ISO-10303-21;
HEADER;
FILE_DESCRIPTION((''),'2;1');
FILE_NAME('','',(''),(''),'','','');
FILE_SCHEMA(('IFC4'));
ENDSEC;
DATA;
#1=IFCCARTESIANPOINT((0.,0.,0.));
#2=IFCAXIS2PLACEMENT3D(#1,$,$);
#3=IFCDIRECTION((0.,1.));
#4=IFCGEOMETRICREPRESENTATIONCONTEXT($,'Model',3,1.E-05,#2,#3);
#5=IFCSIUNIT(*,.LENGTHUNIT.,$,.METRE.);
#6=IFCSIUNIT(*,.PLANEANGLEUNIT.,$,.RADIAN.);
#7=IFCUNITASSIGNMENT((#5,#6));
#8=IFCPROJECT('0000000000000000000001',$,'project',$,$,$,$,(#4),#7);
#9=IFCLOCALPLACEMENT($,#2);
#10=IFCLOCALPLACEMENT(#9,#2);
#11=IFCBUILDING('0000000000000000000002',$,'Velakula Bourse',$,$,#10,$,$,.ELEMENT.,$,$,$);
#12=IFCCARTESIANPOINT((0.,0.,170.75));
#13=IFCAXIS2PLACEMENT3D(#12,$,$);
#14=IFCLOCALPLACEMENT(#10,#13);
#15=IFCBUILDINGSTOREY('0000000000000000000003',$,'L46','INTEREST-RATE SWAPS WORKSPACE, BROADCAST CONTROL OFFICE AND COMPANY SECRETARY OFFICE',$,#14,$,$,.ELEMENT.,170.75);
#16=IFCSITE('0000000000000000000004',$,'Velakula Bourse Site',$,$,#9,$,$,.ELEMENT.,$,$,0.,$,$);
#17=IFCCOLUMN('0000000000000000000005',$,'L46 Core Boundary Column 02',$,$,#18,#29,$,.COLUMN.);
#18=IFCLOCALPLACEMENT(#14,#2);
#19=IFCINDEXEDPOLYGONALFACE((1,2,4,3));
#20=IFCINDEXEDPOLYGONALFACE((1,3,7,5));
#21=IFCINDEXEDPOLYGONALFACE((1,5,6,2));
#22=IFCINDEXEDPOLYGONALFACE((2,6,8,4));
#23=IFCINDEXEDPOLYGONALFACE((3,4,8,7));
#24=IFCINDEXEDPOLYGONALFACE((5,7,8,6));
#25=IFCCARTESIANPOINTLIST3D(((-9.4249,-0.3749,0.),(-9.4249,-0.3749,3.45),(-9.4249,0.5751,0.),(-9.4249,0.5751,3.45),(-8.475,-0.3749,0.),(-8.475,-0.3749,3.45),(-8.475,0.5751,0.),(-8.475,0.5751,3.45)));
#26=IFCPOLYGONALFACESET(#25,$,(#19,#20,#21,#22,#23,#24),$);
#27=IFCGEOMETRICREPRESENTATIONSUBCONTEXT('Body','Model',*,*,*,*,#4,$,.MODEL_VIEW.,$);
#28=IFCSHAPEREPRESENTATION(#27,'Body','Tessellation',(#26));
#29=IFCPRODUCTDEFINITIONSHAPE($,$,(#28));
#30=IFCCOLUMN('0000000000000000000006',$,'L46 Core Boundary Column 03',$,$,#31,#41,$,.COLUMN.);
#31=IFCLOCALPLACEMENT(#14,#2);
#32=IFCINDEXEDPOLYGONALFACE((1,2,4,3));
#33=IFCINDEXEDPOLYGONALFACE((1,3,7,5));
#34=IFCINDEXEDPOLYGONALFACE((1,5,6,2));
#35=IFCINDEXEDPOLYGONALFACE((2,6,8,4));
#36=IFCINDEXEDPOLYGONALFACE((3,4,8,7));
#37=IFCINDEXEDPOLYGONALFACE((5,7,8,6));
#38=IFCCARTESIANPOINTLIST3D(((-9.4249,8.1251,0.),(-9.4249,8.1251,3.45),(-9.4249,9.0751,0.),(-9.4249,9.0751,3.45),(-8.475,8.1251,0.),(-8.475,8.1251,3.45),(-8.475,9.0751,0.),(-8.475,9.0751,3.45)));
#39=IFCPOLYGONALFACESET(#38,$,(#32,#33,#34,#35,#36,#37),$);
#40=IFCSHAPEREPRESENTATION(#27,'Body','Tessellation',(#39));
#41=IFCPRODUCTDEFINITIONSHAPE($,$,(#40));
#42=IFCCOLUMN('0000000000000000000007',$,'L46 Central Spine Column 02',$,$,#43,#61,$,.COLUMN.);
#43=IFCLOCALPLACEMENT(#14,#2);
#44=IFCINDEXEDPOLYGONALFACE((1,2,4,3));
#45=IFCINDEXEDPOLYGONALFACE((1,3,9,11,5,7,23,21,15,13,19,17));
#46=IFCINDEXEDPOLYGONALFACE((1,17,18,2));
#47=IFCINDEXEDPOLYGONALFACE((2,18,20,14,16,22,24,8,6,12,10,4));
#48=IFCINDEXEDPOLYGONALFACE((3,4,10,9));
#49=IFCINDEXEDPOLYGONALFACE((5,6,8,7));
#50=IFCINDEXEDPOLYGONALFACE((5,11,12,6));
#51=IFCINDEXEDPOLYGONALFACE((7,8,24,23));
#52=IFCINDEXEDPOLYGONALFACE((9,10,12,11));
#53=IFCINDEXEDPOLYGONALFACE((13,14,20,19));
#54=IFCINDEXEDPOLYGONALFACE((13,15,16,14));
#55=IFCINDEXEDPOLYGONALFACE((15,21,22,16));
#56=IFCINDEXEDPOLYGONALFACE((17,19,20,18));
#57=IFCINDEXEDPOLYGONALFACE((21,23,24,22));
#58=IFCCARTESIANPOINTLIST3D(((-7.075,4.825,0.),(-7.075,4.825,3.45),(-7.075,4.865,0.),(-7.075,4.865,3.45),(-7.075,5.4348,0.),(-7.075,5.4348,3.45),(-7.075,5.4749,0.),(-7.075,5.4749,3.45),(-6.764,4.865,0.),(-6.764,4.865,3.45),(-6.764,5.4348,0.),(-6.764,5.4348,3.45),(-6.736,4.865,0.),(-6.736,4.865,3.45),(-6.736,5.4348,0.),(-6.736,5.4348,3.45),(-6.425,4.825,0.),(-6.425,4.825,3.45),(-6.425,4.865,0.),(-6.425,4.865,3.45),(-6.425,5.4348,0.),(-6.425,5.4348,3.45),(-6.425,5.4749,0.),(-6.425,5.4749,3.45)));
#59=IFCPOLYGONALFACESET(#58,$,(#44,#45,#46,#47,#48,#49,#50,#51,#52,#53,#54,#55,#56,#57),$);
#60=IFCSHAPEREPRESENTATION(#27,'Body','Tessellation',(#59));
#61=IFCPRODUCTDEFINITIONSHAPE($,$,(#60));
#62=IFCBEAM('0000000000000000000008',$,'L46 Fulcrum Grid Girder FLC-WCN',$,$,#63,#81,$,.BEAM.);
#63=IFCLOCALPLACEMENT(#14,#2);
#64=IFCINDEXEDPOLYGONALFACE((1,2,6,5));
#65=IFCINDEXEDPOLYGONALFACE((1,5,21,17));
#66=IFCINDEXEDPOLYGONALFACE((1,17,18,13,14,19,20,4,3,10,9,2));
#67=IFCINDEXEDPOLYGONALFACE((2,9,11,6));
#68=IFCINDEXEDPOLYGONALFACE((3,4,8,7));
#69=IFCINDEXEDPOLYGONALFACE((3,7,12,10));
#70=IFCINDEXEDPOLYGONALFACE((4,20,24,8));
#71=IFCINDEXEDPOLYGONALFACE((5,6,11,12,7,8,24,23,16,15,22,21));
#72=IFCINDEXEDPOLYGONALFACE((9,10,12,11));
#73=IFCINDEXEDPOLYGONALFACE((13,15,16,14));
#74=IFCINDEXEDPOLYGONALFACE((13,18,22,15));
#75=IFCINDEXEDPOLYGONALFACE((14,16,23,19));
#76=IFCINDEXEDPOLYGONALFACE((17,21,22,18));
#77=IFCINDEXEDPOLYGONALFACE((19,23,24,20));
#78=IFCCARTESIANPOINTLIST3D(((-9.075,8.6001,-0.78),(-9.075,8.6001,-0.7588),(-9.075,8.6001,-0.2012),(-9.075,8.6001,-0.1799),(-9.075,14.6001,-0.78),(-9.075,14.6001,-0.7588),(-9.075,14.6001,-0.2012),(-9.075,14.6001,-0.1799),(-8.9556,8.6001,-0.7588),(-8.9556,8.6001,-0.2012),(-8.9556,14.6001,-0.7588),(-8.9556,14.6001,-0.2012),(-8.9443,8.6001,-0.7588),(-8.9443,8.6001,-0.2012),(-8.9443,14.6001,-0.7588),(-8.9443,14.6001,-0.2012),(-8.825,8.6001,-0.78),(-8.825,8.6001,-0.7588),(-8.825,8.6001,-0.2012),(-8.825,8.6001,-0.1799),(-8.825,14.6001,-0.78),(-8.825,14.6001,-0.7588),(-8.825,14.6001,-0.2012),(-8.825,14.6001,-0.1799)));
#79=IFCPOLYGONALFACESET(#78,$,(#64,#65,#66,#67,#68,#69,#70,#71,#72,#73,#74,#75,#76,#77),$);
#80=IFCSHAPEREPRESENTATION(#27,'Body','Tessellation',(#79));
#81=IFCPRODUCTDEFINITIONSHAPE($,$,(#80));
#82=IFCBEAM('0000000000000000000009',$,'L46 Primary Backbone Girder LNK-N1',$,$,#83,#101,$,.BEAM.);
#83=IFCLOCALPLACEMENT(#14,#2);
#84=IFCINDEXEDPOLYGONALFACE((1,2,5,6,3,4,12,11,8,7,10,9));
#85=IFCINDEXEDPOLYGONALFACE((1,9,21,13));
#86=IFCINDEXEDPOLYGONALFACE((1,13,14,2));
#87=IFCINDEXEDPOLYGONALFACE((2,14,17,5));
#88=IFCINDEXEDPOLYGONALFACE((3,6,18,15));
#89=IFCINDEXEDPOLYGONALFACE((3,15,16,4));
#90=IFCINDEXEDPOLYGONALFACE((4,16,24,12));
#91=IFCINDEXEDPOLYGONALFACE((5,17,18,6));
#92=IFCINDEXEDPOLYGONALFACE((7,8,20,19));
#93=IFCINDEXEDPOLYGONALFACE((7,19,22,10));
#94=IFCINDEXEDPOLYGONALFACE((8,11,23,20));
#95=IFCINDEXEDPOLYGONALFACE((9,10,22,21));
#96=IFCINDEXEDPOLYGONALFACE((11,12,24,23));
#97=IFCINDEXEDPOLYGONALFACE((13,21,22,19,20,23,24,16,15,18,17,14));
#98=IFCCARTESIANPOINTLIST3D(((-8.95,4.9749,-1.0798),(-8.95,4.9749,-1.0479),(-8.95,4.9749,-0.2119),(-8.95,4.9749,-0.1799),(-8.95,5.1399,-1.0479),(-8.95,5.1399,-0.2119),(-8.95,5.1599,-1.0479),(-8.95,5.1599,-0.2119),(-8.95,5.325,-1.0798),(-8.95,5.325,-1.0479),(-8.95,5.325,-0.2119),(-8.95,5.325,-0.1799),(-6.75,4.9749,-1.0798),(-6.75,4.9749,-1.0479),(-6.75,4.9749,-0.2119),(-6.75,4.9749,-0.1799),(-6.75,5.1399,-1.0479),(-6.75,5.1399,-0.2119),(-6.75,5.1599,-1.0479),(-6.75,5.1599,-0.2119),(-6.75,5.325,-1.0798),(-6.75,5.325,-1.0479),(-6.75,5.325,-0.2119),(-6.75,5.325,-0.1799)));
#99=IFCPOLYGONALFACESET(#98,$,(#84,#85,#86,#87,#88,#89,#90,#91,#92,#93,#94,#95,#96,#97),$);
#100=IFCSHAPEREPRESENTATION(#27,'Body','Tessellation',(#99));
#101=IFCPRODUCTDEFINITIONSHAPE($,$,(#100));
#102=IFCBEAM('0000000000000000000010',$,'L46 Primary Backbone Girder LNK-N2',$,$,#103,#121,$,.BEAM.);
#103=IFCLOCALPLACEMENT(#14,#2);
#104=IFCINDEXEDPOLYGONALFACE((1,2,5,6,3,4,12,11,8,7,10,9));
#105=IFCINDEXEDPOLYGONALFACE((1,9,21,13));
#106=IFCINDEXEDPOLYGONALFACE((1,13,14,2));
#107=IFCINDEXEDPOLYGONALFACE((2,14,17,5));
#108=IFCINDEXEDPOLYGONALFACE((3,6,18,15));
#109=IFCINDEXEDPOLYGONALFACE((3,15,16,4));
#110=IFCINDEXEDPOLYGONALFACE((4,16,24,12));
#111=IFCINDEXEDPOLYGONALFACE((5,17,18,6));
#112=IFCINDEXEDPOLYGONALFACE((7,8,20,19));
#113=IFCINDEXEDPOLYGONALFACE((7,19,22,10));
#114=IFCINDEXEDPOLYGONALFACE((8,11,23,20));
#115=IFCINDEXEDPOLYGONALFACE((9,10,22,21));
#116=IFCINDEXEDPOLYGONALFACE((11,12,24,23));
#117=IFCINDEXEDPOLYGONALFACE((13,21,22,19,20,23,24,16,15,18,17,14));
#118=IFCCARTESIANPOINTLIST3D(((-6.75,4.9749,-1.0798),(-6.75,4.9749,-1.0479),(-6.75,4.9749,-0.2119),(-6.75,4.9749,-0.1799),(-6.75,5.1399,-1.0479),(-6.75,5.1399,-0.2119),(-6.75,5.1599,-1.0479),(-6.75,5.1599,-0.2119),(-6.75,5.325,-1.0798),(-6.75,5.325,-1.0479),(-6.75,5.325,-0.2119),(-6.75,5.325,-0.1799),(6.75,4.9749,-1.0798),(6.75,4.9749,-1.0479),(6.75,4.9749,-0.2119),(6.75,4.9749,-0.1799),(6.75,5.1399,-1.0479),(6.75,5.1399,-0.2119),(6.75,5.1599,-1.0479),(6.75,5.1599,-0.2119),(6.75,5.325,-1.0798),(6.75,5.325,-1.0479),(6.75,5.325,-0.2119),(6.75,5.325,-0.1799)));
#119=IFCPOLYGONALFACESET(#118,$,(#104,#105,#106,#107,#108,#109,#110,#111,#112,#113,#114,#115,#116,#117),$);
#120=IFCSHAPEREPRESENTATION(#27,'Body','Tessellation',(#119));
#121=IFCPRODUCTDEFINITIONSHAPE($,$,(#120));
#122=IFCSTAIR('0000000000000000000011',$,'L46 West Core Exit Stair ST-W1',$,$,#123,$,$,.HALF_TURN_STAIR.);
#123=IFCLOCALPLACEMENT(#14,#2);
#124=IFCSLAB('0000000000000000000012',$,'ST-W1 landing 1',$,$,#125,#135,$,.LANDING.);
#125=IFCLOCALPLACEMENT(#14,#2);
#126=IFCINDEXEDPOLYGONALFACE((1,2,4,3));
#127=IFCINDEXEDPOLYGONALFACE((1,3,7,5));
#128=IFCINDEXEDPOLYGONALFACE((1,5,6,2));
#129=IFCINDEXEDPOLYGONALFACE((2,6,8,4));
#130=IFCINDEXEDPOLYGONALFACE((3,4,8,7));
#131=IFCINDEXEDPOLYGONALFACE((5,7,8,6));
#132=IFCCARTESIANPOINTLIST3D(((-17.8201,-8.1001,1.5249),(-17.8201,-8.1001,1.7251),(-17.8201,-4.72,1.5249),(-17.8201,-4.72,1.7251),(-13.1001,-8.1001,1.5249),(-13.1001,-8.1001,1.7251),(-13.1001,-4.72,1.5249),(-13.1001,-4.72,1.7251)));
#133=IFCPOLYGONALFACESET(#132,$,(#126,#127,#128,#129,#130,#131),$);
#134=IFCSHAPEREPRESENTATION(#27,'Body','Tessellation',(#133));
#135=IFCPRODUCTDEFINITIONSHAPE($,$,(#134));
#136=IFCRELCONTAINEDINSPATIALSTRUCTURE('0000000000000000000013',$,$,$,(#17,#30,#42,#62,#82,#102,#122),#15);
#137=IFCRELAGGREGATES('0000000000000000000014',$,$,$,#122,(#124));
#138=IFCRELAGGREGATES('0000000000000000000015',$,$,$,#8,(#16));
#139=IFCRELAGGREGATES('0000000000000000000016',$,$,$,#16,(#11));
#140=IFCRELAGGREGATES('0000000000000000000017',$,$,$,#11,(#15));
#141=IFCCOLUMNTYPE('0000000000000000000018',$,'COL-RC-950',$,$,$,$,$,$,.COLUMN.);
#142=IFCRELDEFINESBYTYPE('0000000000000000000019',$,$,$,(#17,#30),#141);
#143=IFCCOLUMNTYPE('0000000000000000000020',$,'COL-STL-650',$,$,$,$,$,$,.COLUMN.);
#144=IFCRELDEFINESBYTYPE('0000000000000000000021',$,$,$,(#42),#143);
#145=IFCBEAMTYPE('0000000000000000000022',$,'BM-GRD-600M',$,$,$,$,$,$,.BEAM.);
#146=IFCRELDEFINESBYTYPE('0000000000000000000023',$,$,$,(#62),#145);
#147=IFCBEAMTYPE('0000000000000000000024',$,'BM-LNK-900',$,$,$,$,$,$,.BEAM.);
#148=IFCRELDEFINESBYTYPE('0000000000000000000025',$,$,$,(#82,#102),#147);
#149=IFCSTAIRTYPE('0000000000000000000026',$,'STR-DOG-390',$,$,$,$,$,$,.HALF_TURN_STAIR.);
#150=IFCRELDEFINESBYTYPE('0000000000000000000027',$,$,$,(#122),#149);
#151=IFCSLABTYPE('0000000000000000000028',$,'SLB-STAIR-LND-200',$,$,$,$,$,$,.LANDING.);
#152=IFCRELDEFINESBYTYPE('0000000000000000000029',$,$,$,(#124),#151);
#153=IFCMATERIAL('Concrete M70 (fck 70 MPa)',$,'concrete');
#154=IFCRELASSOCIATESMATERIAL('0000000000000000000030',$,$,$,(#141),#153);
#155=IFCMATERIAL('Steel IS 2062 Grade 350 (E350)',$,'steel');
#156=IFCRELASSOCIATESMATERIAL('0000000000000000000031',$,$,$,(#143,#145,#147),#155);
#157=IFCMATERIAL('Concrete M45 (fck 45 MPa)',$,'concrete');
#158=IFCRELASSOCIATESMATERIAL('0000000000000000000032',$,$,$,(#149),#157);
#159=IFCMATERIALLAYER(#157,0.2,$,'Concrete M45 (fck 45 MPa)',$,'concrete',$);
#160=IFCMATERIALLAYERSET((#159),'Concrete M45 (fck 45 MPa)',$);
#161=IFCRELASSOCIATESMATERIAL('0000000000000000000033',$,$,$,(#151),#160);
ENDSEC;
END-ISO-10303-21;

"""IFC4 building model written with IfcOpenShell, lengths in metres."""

from ifc_helpers import new_model, si_unit, direction, frame, origin, origin_2d, place, context, subcontext, project, spatial, polyline, rectangle, i_section, outline, extrude, material, layer, layer_set, material_profile, profile_set, type_object, element, aggregate, save


model = new_model("IFC4")

# Units and contexts
model_context = context("Model", 3, precision=1e-05, world=origin(), true_north=direction((0.0, 1.0)))
body_context = subcontext(model_context, "Body", "Model", "MODEL_VIEW")
ifc_project = project(units=[si_unit("LENGTHUNIT", "METRE"), si_unit("PLANEANGLEUNIT", "RADIAN")], contexts=[model_context])

# Site, building, storey
site_placement = place(None, origin())
site = spatial("IfcSite", under=ifc_project, at=site_placement, Name="Velakula Bourse Site", CompositionType="ELEMENT", RefElevation=0.0)
building_placement = place(site_placement, origin())
building = spatial("IfcBuilding", under=site, at=building_placement, Name="Velakula Bourse", CompositionType="ELEMENT")
storey_placement = place(building_placement, frame((0.0, 0.0, 170.75)))
storey = spatial("IfcBuildingStorey", under=building, at=storey_placement, Name="L46", Description="INTEREST-RATE SWAPS WORKSPACE, BROADCAST CONTROL OFFICE AND COMPANY SECRETARY OFFICE", CompositionType="ELEMENT", Elevation=170.75)

# Columns
ifc_material_1 = material(Name="Concrete M70 (fck 70 MPa)", Category="concrete")
ifc_material_profile_1 = material_profile(ifc_material_1, rectangle(XDim=0.95, YDim=0.95, at=origin_2d()), Name="Concrete M70 (fck 70 MPa)")
ifc_profile_set_1 = profile_set([ifc_material_profile_1], Name="Concrete M70 (fck 70 MPa)")
column_type_1 = type_object("IfcColumnType", Name="COL-RC-950", PredefinedType="COLUMN", material=ifc_profile_set_1)
for number, where, z_axis, x_axis, name in (
    (1, (-8.95, 0.1001, 0.0), (0.0, 0.0, 1.0), (1.0, 0.0, 0.0), "L46 Core Boundary Column 02"),
    (2, (-8.95, 8.6001, 0.0), (0.0, 0.0, 1.0), (1.0, 0.0, 0.0), "L46 Core Boundary Column 03"),
):
    element("IfcColumn", number, at=place(storey_placement, frame(where, z_axis=z_axis, x_axis=x_axis)), inside=storey, type_object=column_type_1, Name=name, PredefinedType="COLUMN", context=body_context, shape_type="SweptSolid", body=[
        extrude(rectangle(XDim=0.95, YDim=0.95, at=origin_2d()), origin(), (0.0, 0.0, 1.0), 3.45),
    ])
ifc_material_2 = material(Name="Steel IS 2062 Grade 350 (E350)", Category="steel")
ifc_material_profile_2 = material_profile(ifc_material_2, i_section(OverallWidth=0.6499, OverallDepth=0.6499, WebThickness=0.0281, FlangeThickness=0.04, at=origin_2d()), Name="Steel IS 2062 Grade 350 (E350)")
ifc_profile_set_2 = profile_set([ifc_material_profile_2], Name="Steel IS 2062 Grade 350 (E350)")
column_type_2 = type_object("IfcColumnType", Name="COL-STL-650", PredefinedType="COLUMN", material=ifc_profile_set_2)
column_placement = place(storey_placement, frame((-6.75, 5.1499, 0.0), z_axis=(0.0, 0.0, 1.0), x_axis=(1.0, 0.0, 0.0)))
element("IfcColumn", 3, at=column_placement, inside=storey, type_object=column_type_2, Name="L46 Central Spine Column 02", PredefinedType="COLUMN", context=body_context, shape_type="SweptSolid", body=[
    extrude(i_section(OverallWidth=0.6499, OverallDepth=0.6499, WebThickness=0.0281, FlangeThickness=0.04, at=origin_2d()), origin(), (0.0, 0.0, 1.0), 3.45),
])

# Beams
ifc_material_profile_3 = material_profile(ifc_material_2, i_section(OverallWidth=0.25, OverallDepth=0.6001, WebThickness=0.0112, FlangeThickness=0.0212, at=origin_2d()), Name="Steel IS 2062 Grade 350 (E350)")
ifc_profile_set_3 = profile_set([ifc_material_profile_3], Name="Steel IS 2062 Grade 350 (E350)")
beam_type_1 = type_object("IfcBeamType", Name="BM-GRD-600M", PredefinedType="BEAM", material=ifc_profile_set_3)
beam_1_placement = place(storey_placement, frame((-8.95, 8.6001, -0.48), z_axis=(0.0, 1.0, 0.0), x_axis=(-1.0, 0.0, 0.0)))
element("IfcBeam", 4, at=beam_1_placement, inside=storey, type_object=beam_type_1, Name="L46 Fulcrum Grid Girder FLC-WCN", PredefinedType="BEAM", context=body_context, shape_type="SweptSolid", body=[
    extrude(i_section(OverallWidth=0.25, OverallDepth=0.6001, WebThickness=0.0112, FlangeThickness=0.0212, at=origin_2d()), origin(), (0.0, 0.0, 1.0), 6.0),
])
ifc_material_profile_4 = material_profile(ifc_material_2, i_section(OverallWidth=0.3501, OverallDepth=0.8999, WebThickness=0.02, FlangeThickness=0.032, at=origin_2d()), Name="Steel IS 2062 Grade 350 (E350)")
ifc_profile_set_4 = profile_set([ifc_material_profile_4], Name="Steel IS 2062 Grade 350 (E350)")
beam_type_2 = type_object("IfcBeamType", Name="BM-LNK-900", PredefinedType="BEAM", material=ifc_profile_set_4)
beam_2_placement = place(storey_placement, frame((-8.95, 5.1499, -0.6299), z_axis=(1.0, 0.0, 0.0), x_axis=(0.0, 1.0, 0.0)))
element("IfcBeam", 5, at=beam_2_placement, inside=storey, type_object=beam_type_2, Name="L46 Primary Backbone Girder LNK-N1", PredefinedType="BEAM", context=body_context, shape_type="SweptSolid", body=[
    extrude(i_section(OverallWidth=0.3501, OverallDepth=0.8999, WebThickness=0.02, FlangeThickness=0.032, at=origin_2d()), origin(), (0.0, 0.0, 1.0), 2.2),
])
beam_3_placement = place(storey_placement, frame((-6.75, 5.1499, -0.6299), z_axis=(1.0, 0.0, 0.0), x_axis=(0.0, 1.0, 0.0)))
element("IfcBeam", 6, at=beam_3_placement, inside=storey, type_object=beam_type_2, Name="L46 Primary Backbone Girder LNK-N2", PredefinedType="BEAM", context=body_context, shape_type="SweptSolid", body=[
    extrude(i_section(OverallWidth=0.3501, OverallDepth=0.8999, WebThickness=0.02, FlangeThickness=0.032, at=origin_2d()), origin(), (0.0, 0.0, 1.0), 13.5),
])

# Stair, slab
ifc_material_3 = material(Name="Concrete M45 (fck 45 MPa)", Category="concrete")
stair_type = type_object("IfcStairType", Name="STR-DOG-390", PredefinedType="HALF_TURN_STAIR", material=ifc_material_3)
stair_placement = place(storey_placement, origin())
stair = element("IfcStair", 7, at=stair_placement, inside=storey, type_object=stair_type, Name="L46 West Core Exit Stair ST-W1", PredefinedType="HALF_TURN_STAIR")
ifc_layer_1 = layer(ifc_material_3, 0.2, Name="Concrete M45 (fck 45 MPa)", Category="concrete")
ifc_layer_set_1 = layer_set([ifc_layer_1], Name="Concrete M45 (fck 45 MPa)")
slab_type_1 = type_object("IfcSlabType", Name="SLB-STAIR-LND-200", PredefinedType="LANDING", material=ifc_layer_set_1)
slab_1_placement = place(storey_placement, frame((0.0, 0.0, 1.5249)))
slab_1 = element("IfcSlab", 8, at=slab_1_placement, type_object=slab_type_1, Name="ST-W1 landing 1", PredefinedType="LANDING", context=body_context, shape_type="SweptSolid", body=[
    extrude(outline(polyline([(-17.8201, -4.72), (-17.8201, -8.1001), (-13.1001, -8.1001), (-13.1001, -4.72), (-17.8201, -4.72)])), origin(), (0.0, 0.0, 1.0), 0.2002),
])
aggregate(stair, [slab_1])

save(model, "model.ifc")
